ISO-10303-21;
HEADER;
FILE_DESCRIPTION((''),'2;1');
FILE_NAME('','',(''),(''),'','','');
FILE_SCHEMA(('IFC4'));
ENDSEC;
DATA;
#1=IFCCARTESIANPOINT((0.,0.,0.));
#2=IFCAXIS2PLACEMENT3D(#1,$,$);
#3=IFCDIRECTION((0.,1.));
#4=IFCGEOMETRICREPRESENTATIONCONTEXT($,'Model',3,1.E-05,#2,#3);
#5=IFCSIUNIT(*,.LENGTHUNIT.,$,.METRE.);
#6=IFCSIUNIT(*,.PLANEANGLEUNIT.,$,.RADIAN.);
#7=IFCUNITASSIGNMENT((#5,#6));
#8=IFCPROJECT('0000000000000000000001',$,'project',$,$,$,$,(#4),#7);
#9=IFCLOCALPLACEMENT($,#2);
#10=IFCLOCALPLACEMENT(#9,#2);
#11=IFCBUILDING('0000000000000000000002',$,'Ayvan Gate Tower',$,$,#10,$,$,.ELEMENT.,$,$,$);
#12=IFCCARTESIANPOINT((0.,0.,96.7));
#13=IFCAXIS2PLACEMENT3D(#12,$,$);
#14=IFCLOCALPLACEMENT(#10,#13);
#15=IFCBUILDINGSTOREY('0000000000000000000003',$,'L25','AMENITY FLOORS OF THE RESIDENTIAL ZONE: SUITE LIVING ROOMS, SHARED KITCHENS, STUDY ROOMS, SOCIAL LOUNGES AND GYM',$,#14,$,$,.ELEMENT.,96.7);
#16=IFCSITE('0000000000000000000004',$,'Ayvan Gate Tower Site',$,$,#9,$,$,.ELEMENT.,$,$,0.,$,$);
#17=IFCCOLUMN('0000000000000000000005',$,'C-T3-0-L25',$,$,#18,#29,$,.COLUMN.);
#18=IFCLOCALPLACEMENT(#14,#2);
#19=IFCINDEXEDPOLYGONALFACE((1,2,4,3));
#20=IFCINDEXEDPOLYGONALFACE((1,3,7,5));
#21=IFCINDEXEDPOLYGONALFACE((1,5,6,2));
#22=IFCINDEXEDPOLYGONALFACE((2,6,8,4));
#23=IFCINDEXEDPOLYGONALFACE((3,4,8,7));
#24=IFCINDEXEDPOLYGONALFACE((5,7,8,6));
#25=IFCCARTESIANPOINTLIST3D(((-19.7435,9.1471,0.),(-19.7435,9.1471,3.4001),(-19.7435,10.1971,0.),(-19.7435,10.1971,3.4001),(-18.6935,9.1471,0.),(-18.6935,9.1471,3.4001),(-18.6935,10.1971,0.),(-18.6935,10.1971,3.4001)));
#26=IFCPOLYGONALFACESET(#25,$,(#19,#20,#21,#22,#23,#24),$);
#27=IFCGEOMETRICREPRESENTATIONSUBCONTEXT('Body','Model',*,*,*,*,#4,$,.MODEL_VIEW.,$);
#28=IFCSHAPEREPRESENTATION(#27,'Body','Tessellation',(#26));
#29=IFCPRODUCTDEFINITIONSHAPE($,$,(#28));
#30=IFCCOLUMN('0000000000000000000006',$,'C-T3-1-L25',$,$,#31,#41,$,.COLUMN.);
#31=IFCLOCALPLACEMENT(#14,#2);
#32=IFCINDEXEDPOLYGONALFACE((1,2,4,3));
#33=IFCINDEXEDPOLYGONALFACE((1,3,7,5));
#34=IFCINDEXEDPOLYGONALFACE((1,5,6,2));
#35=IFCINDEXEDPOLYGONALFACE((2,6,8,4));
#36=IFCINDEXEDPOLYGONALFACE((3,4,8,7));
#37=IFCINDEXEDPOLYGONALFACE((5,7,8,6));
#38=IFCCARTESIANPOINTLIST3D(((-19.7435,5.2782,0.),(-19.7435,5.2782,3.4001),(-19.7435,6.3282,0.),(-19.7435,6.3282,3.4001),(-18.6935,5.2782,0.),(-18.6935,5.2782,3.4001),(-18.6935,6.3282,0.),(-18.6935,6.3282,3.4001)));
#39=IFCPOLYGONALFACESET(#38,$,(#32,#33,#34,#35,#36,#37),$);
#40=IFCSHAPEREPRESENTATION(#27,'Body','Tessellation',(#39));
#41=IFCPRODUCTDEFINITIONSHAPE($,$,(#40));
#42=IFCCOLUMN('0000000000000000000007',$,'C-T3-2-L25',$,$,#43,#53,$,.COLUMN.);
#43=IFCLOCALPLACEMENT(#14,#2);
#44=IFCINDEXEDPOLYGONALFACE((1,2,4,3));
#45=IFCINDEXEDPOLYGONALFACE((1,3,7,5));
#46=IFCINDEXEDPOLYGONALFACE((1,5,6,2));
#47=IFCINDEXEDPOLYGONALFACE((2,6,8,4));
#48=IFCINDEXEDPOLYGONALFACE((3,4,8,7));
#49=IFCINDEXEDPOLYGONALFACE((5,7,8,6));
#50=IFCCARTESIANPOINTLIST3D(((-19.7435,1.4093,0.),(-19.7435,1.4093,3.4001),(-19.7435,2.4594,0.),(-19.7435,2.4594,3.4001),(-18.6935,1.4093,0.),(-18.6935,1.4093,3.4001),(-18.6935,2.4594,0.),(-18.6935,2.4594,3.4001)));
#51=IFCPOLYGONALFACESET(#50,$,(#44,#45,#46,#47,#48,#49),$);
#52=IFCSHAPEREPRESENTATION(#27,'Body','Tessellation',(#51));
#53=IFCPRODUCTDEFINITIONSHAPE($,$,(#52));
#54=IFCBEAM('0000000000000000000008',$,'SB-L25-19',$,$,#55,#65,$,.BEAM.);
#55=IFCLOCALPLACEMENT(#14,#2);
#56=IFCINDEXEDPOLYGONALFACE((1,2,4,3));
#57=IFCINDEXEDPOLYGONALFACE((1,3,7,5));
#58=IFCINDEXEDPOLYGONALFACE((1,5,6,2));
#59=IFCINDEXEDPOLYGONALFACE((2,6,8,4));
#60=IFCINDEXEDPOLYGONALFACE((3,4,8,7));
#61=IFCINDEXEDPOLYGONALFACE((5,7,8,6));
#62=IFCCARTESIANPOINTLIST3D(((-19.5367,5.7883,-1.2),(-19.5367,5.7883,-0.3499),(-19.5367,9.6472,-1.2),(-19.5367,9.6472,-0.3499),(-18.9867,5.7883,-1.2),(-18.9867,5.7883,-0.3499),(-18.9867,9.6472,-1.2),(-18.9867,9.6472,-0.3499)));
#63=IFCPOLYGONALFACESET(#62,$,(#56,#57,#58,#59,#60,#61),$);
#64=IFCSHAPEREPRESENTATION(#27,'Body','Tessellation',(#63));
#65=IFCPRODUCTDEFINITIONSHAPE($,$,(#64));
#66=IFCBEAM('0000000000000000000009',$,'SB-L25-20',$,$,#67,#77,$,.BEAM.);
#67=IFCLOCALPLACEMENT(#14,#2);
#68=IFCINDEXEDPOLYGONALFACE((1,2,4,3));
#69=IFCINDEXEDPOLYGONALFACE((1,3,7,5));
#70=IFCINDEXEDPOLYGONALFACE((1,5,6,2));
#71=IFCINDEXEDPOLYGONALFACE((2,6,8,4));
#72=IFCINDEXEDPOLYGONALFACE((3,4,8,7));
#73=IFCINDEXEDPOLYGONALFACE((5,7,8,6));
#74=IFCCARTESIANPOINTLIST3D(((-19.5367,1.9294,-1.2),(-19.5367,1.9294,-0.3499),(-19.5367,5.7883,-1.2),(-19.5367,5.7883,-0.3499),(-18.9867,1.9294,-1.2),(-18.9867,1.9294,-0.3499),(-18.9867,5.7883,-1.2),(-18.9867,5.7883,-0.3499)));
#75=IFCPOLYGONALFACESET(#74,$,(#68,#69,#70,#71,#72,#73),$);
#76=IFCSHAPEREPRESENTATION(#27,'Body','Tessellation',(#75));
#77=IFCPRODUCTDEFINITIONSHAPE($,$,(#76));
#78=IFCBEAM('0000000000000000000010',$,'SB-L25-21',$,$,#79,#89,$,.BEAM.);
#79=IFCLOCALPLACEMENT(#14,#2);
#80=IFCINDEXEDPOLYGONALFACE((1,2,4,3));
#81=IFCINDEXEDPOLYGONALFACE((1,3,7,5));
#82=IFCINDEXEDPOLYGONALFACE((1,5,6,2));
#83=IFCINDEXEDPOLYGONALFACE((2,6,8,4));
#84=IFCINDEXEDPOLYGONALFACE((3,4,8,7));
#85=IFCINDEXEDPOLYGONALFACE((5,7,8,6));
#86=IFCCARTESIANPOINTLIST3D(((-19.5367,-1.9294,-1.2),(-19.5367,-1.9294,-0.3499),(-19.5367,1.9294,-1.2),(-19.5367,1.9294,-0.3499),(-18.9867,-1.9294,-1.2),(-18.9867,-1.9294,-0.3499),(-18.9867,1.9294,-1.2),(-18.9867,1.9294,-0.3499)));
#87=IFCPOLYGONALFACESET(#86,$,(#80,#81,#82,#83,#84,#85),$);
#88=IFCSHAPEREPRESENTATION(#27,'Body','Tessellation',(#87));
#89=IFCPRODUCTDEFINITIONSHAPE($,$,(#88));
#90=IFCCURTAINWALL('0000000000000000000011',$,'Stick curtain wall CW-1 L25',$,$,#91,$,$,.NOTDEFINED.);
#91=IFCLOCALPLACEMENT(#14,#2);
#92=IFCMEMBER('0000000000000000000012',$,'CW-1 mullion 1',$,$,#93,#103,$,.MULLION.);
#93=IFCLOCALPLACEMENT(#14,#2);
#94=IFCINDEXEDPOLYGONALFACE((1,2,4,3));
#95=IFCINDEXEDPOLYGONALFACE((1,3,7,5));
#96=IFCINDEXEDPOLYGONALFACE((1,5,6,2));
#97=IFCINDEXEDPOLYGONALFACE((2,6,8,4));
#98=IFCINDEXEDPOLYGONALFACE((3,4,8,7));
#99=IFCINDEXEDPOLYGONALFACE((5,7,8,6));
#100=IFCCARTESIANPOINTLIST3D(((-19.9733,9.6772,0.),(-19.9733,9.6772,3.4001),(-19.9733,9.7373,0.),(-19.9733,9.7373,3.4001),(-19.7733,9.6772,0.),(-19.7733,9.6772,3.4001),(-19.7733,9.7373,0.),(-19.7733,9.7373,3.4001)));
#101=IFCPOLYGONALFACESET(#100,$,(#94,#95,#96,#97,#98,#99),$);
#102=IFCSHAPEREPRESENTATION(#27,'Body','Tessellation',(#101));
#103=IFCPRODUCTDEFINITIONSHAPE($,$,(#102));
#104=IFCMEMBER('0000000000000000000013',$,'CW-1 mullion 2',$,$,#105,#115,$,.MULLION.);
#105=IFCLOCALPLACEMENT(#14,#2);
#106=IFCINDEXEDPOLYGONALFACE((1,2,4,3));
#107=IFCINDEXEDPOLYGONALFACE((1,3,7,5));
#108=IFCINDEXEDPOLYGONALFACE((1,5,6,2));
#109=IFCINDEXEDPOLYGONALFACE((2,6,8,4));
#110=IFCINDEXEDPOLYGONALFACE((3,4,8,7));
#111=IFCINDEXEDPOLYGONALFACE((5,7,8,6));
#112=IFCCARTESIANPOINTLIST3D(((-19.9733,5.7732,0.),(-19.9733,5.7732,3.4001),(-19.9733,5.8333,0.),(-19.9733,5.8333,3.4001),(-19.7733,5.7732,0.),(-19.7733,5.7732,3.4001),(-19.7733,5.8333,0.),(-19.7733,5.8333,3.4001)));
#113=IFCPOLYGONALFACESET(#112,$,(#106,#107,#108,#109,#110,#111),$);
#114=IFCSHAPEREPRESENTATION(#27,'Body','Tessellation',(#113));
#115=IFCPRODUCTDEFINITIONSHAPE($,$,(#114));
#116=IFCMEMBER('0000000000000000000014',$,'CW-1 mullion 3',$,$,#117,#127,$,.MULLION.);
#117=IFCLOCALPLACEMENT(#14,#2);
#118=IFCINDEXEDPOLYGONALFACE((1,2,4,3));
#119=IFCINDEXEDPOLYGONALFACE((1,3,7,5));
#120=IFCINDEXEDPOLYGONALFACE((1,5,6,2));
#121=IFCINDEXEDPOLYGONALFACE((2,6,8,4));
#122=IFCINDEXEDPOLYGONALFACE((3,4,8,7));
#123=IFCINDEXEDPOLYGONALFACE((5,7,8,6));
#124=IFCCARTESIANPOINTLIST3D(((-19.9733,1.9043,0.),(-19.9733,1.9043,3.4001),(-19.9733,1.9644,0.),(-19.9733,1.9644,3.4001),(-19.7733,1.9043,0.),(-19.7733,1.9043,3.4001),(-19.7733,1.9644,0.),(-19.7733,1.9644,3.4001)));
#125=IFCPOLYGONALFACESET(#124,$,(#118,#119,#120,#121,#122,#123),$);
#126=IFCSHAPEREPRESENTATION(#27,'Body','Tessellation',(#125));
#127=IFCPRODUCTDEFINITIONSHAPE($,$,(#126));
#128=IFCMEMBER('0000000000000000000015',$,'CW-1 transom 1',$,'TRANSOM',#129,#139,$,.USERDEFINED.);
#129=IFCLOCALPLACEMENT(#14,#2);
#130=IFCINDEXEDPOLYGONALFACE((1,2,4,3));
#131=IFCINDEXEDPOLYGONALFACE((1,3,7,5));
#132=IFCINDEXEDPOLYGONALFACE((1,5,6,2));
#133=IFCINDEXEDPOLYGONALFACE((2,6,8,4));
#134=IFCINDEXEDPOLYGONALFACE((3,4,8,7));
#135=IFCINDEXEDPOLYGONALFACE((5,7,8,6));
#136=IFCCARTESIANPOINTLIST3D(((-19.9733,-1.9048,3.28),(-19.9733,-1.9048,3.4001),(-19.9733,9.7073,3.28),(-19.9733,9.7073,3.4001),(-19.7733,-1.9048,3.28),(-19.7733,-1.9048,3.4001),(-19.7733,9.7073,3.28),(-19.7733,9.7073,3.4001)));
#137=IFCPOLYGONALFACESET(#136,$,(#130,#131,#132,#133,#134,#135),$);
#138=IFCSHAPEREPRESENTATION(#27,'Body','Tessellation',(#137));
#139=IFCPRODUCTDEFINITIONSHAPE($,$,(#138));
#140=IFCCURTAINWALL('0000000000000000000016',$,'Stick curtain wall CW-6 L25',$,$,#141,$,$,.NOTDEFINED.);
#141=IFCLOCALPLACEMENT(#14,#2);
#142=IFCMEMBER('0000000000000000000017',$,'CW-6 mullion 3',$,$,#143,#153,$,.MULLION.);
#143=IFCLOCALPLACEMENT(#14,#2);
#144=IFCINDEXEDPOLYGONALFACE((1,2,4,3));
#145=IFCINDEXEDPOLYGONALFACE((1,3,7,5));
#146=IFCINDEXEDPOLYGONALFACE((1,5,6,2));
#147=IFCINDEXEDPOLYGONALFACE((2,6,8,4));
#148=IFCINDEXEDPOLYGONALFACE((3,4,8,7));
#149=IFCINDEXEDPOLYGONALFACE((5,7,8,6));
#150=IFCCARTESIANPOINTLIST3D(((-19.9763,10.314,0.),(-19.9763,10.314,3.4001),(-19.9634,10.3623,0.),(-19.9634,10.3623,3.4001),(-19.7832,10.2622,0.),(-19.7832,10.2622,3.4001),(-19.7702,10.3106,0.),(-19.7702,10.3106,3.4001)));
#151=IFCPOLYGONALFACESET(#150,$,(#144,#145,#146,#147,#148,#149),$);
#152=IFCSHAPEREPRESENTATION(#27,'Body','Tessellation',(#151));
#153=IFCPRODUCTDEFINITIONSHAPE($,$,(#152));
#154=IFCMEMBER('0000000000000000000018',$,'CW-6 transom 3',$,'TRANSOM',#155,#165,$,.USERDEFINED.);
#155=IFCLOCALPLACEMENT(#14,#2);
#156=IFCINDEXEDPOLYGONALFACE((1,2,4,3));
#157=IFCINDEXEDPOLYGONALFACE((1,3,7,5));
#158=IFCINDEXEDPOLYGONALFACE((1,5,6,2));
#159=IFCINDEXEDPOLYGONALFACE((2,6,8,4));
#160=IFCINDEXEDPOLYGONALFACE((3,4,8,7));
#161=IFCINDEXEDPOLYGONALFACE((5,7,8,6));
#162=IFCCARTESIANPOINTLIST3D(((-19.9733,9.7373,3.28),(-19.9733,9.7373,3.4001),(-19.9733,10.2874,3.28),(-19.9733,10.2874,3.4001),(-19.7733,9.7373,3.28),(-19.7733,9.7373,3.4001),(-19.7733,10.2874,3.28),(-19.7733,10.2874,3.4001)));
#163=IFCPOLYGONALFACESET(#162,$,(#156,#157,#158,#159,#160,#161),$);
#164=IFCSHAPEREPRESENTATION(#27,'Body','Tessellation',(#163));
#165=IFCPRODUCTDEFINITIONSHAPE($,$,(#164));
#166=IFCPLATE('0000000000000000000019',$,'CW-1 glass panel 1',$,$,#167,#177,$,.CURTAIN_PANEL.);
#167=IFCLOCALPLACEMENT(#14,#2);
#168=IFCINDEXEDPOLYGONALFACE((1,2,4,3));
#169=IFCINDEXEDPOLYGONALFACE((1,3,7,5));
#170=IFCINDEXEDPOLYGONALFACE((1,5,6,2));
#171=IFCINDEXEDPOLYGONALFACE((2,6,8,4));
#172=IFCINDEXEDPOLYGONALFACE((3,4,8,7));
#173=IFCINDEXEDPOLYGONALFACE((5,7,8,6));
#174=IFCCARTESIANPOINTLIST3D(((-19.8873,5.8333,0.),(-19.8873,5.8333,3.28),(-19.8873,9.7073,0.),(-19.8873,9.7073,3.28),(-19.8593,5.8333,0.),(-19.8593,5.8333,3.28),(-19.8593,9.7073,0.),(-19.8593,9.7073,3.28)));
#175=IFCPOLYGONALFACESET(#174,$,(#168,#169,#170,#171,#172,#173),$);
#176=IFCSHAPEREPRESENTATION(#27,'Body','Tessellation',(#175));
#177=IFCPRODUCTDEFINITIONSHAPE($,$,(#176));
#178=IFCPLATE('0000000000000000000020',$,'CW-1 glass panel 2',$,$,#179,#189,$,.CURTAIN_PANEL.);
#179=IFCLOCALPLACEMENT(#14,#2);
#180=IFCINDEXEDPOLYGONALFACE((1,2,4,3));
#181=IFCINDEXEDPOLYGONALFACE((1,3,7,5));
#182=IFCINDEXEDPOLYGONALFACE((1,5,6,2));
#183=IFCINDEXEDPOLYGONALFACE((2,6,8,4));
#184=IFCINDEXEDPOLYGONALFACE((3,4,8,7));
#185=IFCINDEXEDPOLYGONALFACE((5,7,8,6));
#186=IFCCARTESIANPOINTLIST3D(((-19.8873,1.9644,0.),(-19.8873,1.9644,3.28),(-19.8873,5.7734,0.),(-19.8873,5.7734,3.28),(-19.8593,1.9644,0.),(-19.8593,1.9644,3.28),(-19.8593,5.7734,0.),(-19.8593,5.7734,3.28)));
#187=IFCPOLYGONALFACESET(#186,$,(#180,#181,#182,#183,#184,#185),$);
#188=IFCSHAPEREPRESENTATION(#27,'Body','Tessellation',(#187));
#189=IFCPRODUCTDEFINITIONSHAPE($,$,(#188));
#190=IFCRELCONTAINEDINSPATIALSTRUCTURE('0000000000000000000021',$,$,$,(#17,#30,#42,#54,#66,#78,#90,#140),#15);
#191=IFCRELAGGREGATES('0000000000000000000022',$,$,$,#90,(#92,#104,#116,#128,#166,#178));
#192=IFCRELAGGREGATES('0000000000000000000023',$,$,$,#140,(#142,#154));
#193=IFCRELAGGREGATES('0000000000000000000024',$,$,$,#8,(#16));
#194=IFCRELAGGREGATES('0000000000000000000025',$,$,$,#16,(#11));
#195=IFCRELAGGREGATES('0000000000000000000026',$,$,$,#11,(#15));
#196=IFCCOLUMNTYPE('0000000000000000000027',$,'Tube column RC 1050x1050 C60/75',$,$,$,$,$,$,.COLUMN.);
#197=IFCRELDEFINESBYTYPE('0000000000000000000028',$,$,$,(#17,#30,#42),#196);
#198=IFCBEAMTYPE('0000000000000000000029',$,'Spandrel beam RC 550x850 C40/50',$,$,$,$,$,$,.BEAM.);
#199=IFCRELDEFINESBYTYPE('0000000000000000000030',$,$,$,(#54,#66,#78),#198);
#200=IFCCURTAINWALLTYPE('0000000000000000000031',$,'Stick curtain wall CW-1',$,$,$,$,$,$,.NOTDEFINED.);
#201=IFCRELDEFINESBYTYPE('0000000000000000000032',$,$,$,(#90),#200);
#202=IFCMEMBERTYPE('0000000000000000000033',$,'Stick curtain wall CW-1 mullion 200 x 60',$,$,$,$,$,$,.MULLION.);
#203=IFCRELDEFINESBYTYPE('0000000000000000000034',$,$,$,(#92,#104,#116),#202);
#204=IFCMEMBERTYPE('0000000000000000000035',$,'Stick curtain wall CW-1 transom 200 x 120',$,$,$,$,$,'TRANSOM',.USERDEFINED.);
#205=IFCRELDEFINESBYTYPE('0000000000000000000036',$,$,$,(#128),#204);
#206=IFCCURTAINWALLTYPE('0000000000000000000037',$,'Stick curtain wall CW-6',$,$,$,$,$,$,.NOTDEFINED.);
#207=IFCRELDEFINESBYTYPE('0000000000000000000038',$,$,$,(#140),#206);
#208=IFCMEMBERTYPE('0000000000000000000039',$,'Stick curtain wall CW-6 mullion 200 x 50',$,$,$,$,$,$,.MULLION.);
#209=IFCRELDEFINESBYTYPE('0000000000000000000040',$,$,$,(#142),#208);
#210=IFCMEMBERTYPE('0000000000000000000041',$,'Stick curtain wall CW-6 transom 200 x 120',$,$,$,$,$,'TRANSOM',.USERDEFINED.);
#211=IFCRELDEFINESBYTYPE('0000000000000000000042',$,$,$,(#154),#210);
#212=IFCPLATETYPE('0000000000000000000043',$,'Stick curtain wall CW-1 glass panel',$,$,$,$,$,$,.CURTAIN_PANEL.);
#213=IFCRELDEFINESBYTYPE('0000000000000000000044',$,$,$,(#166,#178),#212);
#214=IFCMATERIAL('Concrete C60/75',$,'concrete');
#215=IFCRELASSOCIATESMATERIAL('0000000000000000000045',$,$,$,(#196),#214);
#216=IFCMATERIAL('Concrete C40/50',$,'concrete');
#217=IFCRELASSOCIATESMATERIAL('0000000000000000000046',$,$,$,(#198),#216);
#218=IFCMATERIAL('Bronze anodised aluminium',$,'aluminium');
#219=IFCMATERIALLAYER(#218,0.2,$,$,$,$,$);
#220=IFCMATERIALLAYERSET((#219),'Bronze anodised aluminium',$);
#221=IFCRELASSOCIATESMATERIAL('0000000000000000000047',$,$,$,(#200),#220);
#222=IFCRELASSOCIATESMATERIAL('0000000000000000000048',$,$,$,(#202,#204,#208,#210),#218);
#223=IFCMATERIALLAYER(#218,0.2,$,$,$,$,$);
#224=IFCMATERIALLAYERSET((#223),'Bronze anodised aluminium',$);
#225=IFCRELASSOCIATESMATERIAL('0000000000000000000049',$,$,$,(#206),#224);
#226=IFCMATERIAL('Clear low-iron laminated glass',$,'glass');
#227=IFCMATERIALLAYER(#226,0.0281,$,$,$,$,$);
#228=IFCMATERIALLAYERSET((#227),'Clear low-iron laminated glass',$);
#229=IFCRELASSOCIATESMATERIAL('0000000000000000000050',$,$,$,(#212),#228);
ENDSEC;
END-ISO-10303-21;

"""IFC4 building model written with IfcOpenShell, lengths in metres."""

from ifc_helpers import new_model, si_unit, direction, frame, origin, origin_2d, place, context, subcontext, project, spatial, rectangle, extrude, material, layer, layer_set, material_profile, profile_set, type_object, element, aggregate, save


model = new_model("IFC4")

# Units and contexts
model_context = context("Model", 3, precision=1e-05, world=origin(), true_north=direction((0.0, 1.0)))
body_context = subcontext(model_context, "Body", "Model", "MODEL_VIEW")
ifc_project = project(units=[si_unit("LENGTHUNIT", "METRE"), si_unit("PLANEANGLEUNIT", "RADIAN")], contexts=[model_context])

# Site, building, storey
site_placement = place(None, origin())
site = spatial("IfcSite", under=ifc_project, at=site_placement, Name="Ayvan Gate Tower Site", CompositionType="ELEMENT", RefElevation=0.0)
building_placement = place(site_placement, origin())
building = spatial("IfcBuilding", under=site, at=building_placement, Name="Ayvan Gate Tower", CompositionType="ELEMENT")
storey_placement = place(building_placement, frame((0.0, 0.0, 96.7)))
storey = spatial("IfcBuildingStorey", under=building, at=storey_placement, Name="L25", Description="AMENITY FLOORS OF THE RESIDENTIAL ZONE: SUITE LIVING ROOMS, SHARED KITCHENS, STUDY ROOMS, SOCIAL LOUNGES AND GYM", CompositionType="ELEMENT", Elevation=96.7)

# Columns
ifc_material_1 = material(Name="Concrete C60/75", Category="concrete")
ifc_material_profile_1 = material_profile(ifc_material_1, rectangle(XDim=1.05, YDim=1.05, at=origin_2d()), Name="RC 1050x1050")
ifc_profile_set_1 = profile_set([ifc_material_profile_1], Name="Concrete C60/75")
column_type = type_object("IfcColumnType", Name="Tube column RC 1050x1050 C60/75", PredefinedType="COLUMN", material=ifc_profile_set_1)
for number, where, z_axis, x_axis, name in (
    (1, (-19.2185, 9.6721, 0.0), (0.0, 0.0, 1.0), (-1.0, 0.0, 0.0), "C-T3-0-L25"),
    (2, (-19.2185, 5.8032, 0.0), (0.0, 0.0, 1.0), (-1.0, 0.0, 0.0), "C-T3-1-L25"),
    (3, (-19.2185, 1.9343, 0.0), (0.0, 0.0, 1.0), (-1.0, 0.0, 0.0), "C-T3-2-L25"),
):
    element("IfcColumn", number, at=place(storey_placement, frame(where, z_axis=z_axis, x_axis=x_axis)), inside=storey, type_object=column_type, Name=name, PredefinedType="COLUMN", context=body_context, shape_type="SweptSolid", body=[
        extrude(rectangle(XDim=1.05, YDim=1.05, at=origin_2d()), origin(), (0.0, 0.0, 1.0), 3.4001),
    ])

# Beams
ifc_material_2 = material(Name="Concrete C40/50", Category="concrete")
ifc_material_profile_2 = material_profile(ifc_material_2, rectangle(XDim=0.55, YDim=0.8501, at=origin_2d()), Name="RC 550x850")
ifc_profile_set_2 = profile_set([ifc_material_profile_2], Name="Concrete C40/50")
beam_type = type_object("IfcBeamType", Name="Spandrel beam RC 550x850 C40/50", PredefinedType="BEAM", material=ifc_profile_set_2)
for number, where, z_axis, x_axis, name in (
    (4, (-19.2617, 9.6472, -0.7749), (0.0, -1.0, 0.0), (1.0, 0.0, 0.0), "SB-L25-19"),
    (5, (-19.2617, 5.7883, -0.7749), (0.0, -1.0, 0.0), (1.0, 0.0, 0.0), "SB-L25-20"),
    (6, (-19.2617, 1.9294, -0.7749), (0.0, -1.0, 0.0), (1.0, 0.0, 0.0), "SB-L25-21"),
):
    element("IfcBeam", number, at=place(storey_placement, frame(where, z_axis=z_axis, x_axis=x_axis)), inside=storey, type_object=beam_type, Name=name, PredefinedType="BEAM", context=body_context, shape_type="SweptSolid", body=[
        extrude(rectangle(XDim=0.55, YDim=0.8501, at=origin_2d()), origin(), (0.0, 0.0, 1.0), 3.8589),
    ])

# Curtain walls, members
ifc_material_3 = material(Name="Bronze anodised aluminium", Category="aluminium")
ifc_layer_1 = layer(ifc_material_3, 0.2)
ifc_layer_set_1 = layer_set([ifc_layer_1], Name="Bronze anodised aluminium")
curtain_wall_type_1 = type_object("IfcCurtainWallType", Name="Stick curtain wall CW-1", PredefinedType="NOTDEFINED", material=ifc_layer_set_1)
curtain_wall_1_placement = place(storey_placement, origin())
curtain_wall_1 = element("IfcCurtainWall", 7, at=curtain_wall_1_placement, inside=storey, type_object=curtain_wall_type_1, Name="Stick curtain wall CW-1 L25", PredefinedType="NOTDEFINED")
ifc_material_profile_3 = material_profile(ifc_material_3, rectangle(XDim=0.2, YDim=0.0601, at=origin_2d()), Name="Stick curtain wall CW-1 mullion 200 x 60")
ifc_profile_set_3 = profile_set([ifc_material_profile_3], Name="Bronze anodised aluminium")
member_type_1 = type_object("IfcMemberType", Name="Stick curtain wall CW-1 mullion 200 x 60", PredefinedType="MULLION", material=ifc_profile_set_3)
member_1_placement = place(storey_placement, frame((-19.8733, 9.7073, 0.0), z_axis=(0.0, 0.0, 1.0), x_axis=(-1.0, 0.0, 0.0)))
member_1 = element("IfcMember", 8, at=member_1_placement, type_object=member_type_1, Name="CW-1 mullion 1", PredefinedType="MULLION", context=body_context, shape_type="SweptSolid", body=[
    extrude(rectangle(XDim=0.2, YDim=0.0601, at=origin_2d()), origin(), (0.0, 0.0, 1.0), 3.4001),
])
member_2_placement = place(storey_placement, frame((-19.8733, 5.8032, 0.0), z_axis=(0.0, 0.0, 1.0), x_axis=(-1.0, 0.0, 0.0)))
member_2 = element("IfcMember", 9, at=member_2_placement, type_object=member_type_1, Name="CW-1 mullion 2", PredefinedType="MULLION", context=body_context, shape_type="SweptSolid", body=[
    extrude(rectangle(XDim=0.2, YDim=0.0601, at=origin_2d()), origin(), (0.0, 0.0, 1.0), 3.4001),
])
member_3_placement = place(storey_placement, frame((-19.8733, 1.9343, 0.0), z_axis=(0.0, 0.0, 1.0), x_axis=(-1.0, 0.0, 0.0)))
member_3 = element("IfcMember", 10, at=member_3_placement, type_object=member_type_1, Name="CW-1 mullion 3", PredefinedType="MULLION", context=body_context, shape_type="SweptSolid", body=[
    extrude(rectangle(XDim=0.2, YDim=0.0601, at=origin_2d()), origin(), (0.0, 0.0, 1.0), 3.4001),
])
ifc_material_profile_4 = material_profile(ifc_material_3, rectangle(XDim=0.2, YDim=0.1201, at=origin_2d()), Name="Stick curtain wall CW-1 transom 200 x 120")
ifc_profile_set_4 = profile_set([ifc_material_profile_4], Name="Bronze anodised aluminium")
member_type_2 = type_object("IfcMemberType", Name="Stick curtain wall CW-1 transom 200 x 120", ElementType="TRANSOM", PredefinedType="USERDEFINED", material=ifc_profile_set_4)
member_4_placement = place(storey_placement, frame((-19.8733, 9.7073, 3.3401), z_axis=(0.0, -1.0, 0.0), x_axis=(1.0, 0.0, 0.0)))
member_4 = element("IfcMember", 11, at=member_4_placement, type_object=member_type_2, Name="CW-1 transom 1", ObjectType="TRANSOM", PredefinedType="USERDEFINED", context=body_context, shape_type="SweptSolid", body=[
    extrude(rectangle(XDim=0.2, YDim=0.1201, at=origin_2d()), origin(), (0.0, 0.0, 1.0), 11.6121),
])
ifc_layer_2 = layer(ifc_material_3, 0.2)
ifc_layer_set_2 = layer_set([ifc_layer_2], Name="Bronze anodised aluminium")
curtain_wall_type_2 = type_object("IfcCurtainWallType", Name="Stick curtain wall CW-6", PredefinedType="NOTDEFINED", material=ifc_layer_set_2)
curtain_wall_2_placement = place(storey_placement, origin())
curtain_wall_2 = element("IfcCurtainWall", 12, at=curtain_wall_2_placement, inside=storey, type_object=curtain_wall_type_2, Name="Stick curtain wall CW-6 L25", PredefinedType="NOTDEFINED")
ifc_material_profile_5 = material_profile(ifc_material_3, rectangle(XDim=0.2, YDim=0.05, at=origin_2d()), Name="Stick curtain wall CW-6 mullion 200 x 50")
ifc_profile_set_5 = profile_set([ifc_material_profile_5], Name="Bronze anodised aluminium")
member_type_3 = type_object("IfcMemberType", Name="Stick curtain wall CW-6 mullion 200 x 50", PredefinedType="MULLION", material=ifc_profile_set_5)
member_5_placement = place(storey_placement, frame((-19.8733, 10.3123, 0.0), z_axis=(0.0, 0.0, 1.0), x_axis=(-0.965926, 0.258819, 0.0)))
member_5 = element("IfcMember", 13, at=member_5_placement, type_object=member_type_3, Name="CW-6 mullion 3", PredefinedType="MULLION", context=body_context, shape_type="SweptSolid", body=[
    extrude(rectangle(XDim=0.2, YDim=0.05, at=origin_2d()), origin(), (0.0, 0.0, 1.0), 3.4001),
])
ifc_material_profile_6 = material_profile(ifc_material_3, rectangle(XDim=0.2, YDim=0.1201, at=origin_2d()), Name="Stick curtain wall CW-6 transom 200 x 120")
ifc_profile_set_6 = profile_set([ifc_material_profile_6], Name="Bronze anodised aluminium")
member_type_4 = type_object("IfcMemberType", Name="Stick curtain wall CW-6 transom 200 x 120", ElementType="TRANSOM", PredefinedType="USERDEFINED", material=ifc_profile_set_6)
member_6_placement = place(storey_placement, frame((-19.8733, 10.2874, 3.3401), z_axis=(0.0, -1.0, 0.0), x_axis=(1.0, 0.0, 0.0)))
member_6 = element("IfcMember", 14, at=member_6_placement, type_object=member_type_4, Name="CW-6 transom 3", ObjectType="TRANSOM", PredefinedType="USERDEFINED", context=body_context, shape_type="SweptSolid", body=[
    extrude(rectangle(XDim=0.2, YDim=0.1201, at=origin_2d()), origin(), (0.0, 0.0, 1.0), 0.55),
])

# Plates
ifc_material_4 = material(Name="Clear low-iron laminated glass", Category="glass")
ifc_layer_3 = layer(ifc_material_4, 0.0281)
ifc_layer_set_3 = layer_set([ifc_layer_3], Name="Clear low-iron laminated glass")
plate_type_1 = type_object("IfcPlateType", Name="Stick curtain wall CW-1 glass panel", PredefinedType="CURTAIN_PANEL", material=ifc_layer_set_3)
plate_1_placement = place(storey_placement, frame((-19.8733, 7.7703, 0.0), z_axis=(0.0, 0.0, 1.0), x_axis=(0.0, -1.0, 0.0)))
plate_1 = element("IfcPlate", 15, at=plate_1_placement, type_object=plate_type_1, Name="CW-1 glass panel 1", PredefinedType="CURTAIN_PANEL", context=body_context, shape_type="SweptSolid", body=[
    extrude(rectangle(XDim=3.874, YDim=0.0281, at=origin_2d()), origin(), (0.0, 0.0, 1.0), 3.28),
])
plate_2_placement = place(storey_placement, frame((-19.8733, 3.8689, 0.0), z_axis=(0.0, 0.0, 1.0), x_axis=(0.0, -1.0, 0.0)))
plate_2 = element("IfcPlate", 16, at=plate_2_placement, type_object=plate_type_1, Name="CW-1 glass panel 2", PredefinedType="CURTAIN_PANEL", context=body_context, shape_type="SweptSolid", body=[
    extrude(rectangle(XDim=3.8091, YDim=0.0281, at=origin_2d()), origin(), (0.0, 0.0, 1.0), 3.28),
])
aggregate(curtain_wall_1, [member_1, member_2, member_3, member_4, plate_1, plate_2])
aggregate(curtain_wall_2, [member_5, member_6])

save(model, "model.ifc")
